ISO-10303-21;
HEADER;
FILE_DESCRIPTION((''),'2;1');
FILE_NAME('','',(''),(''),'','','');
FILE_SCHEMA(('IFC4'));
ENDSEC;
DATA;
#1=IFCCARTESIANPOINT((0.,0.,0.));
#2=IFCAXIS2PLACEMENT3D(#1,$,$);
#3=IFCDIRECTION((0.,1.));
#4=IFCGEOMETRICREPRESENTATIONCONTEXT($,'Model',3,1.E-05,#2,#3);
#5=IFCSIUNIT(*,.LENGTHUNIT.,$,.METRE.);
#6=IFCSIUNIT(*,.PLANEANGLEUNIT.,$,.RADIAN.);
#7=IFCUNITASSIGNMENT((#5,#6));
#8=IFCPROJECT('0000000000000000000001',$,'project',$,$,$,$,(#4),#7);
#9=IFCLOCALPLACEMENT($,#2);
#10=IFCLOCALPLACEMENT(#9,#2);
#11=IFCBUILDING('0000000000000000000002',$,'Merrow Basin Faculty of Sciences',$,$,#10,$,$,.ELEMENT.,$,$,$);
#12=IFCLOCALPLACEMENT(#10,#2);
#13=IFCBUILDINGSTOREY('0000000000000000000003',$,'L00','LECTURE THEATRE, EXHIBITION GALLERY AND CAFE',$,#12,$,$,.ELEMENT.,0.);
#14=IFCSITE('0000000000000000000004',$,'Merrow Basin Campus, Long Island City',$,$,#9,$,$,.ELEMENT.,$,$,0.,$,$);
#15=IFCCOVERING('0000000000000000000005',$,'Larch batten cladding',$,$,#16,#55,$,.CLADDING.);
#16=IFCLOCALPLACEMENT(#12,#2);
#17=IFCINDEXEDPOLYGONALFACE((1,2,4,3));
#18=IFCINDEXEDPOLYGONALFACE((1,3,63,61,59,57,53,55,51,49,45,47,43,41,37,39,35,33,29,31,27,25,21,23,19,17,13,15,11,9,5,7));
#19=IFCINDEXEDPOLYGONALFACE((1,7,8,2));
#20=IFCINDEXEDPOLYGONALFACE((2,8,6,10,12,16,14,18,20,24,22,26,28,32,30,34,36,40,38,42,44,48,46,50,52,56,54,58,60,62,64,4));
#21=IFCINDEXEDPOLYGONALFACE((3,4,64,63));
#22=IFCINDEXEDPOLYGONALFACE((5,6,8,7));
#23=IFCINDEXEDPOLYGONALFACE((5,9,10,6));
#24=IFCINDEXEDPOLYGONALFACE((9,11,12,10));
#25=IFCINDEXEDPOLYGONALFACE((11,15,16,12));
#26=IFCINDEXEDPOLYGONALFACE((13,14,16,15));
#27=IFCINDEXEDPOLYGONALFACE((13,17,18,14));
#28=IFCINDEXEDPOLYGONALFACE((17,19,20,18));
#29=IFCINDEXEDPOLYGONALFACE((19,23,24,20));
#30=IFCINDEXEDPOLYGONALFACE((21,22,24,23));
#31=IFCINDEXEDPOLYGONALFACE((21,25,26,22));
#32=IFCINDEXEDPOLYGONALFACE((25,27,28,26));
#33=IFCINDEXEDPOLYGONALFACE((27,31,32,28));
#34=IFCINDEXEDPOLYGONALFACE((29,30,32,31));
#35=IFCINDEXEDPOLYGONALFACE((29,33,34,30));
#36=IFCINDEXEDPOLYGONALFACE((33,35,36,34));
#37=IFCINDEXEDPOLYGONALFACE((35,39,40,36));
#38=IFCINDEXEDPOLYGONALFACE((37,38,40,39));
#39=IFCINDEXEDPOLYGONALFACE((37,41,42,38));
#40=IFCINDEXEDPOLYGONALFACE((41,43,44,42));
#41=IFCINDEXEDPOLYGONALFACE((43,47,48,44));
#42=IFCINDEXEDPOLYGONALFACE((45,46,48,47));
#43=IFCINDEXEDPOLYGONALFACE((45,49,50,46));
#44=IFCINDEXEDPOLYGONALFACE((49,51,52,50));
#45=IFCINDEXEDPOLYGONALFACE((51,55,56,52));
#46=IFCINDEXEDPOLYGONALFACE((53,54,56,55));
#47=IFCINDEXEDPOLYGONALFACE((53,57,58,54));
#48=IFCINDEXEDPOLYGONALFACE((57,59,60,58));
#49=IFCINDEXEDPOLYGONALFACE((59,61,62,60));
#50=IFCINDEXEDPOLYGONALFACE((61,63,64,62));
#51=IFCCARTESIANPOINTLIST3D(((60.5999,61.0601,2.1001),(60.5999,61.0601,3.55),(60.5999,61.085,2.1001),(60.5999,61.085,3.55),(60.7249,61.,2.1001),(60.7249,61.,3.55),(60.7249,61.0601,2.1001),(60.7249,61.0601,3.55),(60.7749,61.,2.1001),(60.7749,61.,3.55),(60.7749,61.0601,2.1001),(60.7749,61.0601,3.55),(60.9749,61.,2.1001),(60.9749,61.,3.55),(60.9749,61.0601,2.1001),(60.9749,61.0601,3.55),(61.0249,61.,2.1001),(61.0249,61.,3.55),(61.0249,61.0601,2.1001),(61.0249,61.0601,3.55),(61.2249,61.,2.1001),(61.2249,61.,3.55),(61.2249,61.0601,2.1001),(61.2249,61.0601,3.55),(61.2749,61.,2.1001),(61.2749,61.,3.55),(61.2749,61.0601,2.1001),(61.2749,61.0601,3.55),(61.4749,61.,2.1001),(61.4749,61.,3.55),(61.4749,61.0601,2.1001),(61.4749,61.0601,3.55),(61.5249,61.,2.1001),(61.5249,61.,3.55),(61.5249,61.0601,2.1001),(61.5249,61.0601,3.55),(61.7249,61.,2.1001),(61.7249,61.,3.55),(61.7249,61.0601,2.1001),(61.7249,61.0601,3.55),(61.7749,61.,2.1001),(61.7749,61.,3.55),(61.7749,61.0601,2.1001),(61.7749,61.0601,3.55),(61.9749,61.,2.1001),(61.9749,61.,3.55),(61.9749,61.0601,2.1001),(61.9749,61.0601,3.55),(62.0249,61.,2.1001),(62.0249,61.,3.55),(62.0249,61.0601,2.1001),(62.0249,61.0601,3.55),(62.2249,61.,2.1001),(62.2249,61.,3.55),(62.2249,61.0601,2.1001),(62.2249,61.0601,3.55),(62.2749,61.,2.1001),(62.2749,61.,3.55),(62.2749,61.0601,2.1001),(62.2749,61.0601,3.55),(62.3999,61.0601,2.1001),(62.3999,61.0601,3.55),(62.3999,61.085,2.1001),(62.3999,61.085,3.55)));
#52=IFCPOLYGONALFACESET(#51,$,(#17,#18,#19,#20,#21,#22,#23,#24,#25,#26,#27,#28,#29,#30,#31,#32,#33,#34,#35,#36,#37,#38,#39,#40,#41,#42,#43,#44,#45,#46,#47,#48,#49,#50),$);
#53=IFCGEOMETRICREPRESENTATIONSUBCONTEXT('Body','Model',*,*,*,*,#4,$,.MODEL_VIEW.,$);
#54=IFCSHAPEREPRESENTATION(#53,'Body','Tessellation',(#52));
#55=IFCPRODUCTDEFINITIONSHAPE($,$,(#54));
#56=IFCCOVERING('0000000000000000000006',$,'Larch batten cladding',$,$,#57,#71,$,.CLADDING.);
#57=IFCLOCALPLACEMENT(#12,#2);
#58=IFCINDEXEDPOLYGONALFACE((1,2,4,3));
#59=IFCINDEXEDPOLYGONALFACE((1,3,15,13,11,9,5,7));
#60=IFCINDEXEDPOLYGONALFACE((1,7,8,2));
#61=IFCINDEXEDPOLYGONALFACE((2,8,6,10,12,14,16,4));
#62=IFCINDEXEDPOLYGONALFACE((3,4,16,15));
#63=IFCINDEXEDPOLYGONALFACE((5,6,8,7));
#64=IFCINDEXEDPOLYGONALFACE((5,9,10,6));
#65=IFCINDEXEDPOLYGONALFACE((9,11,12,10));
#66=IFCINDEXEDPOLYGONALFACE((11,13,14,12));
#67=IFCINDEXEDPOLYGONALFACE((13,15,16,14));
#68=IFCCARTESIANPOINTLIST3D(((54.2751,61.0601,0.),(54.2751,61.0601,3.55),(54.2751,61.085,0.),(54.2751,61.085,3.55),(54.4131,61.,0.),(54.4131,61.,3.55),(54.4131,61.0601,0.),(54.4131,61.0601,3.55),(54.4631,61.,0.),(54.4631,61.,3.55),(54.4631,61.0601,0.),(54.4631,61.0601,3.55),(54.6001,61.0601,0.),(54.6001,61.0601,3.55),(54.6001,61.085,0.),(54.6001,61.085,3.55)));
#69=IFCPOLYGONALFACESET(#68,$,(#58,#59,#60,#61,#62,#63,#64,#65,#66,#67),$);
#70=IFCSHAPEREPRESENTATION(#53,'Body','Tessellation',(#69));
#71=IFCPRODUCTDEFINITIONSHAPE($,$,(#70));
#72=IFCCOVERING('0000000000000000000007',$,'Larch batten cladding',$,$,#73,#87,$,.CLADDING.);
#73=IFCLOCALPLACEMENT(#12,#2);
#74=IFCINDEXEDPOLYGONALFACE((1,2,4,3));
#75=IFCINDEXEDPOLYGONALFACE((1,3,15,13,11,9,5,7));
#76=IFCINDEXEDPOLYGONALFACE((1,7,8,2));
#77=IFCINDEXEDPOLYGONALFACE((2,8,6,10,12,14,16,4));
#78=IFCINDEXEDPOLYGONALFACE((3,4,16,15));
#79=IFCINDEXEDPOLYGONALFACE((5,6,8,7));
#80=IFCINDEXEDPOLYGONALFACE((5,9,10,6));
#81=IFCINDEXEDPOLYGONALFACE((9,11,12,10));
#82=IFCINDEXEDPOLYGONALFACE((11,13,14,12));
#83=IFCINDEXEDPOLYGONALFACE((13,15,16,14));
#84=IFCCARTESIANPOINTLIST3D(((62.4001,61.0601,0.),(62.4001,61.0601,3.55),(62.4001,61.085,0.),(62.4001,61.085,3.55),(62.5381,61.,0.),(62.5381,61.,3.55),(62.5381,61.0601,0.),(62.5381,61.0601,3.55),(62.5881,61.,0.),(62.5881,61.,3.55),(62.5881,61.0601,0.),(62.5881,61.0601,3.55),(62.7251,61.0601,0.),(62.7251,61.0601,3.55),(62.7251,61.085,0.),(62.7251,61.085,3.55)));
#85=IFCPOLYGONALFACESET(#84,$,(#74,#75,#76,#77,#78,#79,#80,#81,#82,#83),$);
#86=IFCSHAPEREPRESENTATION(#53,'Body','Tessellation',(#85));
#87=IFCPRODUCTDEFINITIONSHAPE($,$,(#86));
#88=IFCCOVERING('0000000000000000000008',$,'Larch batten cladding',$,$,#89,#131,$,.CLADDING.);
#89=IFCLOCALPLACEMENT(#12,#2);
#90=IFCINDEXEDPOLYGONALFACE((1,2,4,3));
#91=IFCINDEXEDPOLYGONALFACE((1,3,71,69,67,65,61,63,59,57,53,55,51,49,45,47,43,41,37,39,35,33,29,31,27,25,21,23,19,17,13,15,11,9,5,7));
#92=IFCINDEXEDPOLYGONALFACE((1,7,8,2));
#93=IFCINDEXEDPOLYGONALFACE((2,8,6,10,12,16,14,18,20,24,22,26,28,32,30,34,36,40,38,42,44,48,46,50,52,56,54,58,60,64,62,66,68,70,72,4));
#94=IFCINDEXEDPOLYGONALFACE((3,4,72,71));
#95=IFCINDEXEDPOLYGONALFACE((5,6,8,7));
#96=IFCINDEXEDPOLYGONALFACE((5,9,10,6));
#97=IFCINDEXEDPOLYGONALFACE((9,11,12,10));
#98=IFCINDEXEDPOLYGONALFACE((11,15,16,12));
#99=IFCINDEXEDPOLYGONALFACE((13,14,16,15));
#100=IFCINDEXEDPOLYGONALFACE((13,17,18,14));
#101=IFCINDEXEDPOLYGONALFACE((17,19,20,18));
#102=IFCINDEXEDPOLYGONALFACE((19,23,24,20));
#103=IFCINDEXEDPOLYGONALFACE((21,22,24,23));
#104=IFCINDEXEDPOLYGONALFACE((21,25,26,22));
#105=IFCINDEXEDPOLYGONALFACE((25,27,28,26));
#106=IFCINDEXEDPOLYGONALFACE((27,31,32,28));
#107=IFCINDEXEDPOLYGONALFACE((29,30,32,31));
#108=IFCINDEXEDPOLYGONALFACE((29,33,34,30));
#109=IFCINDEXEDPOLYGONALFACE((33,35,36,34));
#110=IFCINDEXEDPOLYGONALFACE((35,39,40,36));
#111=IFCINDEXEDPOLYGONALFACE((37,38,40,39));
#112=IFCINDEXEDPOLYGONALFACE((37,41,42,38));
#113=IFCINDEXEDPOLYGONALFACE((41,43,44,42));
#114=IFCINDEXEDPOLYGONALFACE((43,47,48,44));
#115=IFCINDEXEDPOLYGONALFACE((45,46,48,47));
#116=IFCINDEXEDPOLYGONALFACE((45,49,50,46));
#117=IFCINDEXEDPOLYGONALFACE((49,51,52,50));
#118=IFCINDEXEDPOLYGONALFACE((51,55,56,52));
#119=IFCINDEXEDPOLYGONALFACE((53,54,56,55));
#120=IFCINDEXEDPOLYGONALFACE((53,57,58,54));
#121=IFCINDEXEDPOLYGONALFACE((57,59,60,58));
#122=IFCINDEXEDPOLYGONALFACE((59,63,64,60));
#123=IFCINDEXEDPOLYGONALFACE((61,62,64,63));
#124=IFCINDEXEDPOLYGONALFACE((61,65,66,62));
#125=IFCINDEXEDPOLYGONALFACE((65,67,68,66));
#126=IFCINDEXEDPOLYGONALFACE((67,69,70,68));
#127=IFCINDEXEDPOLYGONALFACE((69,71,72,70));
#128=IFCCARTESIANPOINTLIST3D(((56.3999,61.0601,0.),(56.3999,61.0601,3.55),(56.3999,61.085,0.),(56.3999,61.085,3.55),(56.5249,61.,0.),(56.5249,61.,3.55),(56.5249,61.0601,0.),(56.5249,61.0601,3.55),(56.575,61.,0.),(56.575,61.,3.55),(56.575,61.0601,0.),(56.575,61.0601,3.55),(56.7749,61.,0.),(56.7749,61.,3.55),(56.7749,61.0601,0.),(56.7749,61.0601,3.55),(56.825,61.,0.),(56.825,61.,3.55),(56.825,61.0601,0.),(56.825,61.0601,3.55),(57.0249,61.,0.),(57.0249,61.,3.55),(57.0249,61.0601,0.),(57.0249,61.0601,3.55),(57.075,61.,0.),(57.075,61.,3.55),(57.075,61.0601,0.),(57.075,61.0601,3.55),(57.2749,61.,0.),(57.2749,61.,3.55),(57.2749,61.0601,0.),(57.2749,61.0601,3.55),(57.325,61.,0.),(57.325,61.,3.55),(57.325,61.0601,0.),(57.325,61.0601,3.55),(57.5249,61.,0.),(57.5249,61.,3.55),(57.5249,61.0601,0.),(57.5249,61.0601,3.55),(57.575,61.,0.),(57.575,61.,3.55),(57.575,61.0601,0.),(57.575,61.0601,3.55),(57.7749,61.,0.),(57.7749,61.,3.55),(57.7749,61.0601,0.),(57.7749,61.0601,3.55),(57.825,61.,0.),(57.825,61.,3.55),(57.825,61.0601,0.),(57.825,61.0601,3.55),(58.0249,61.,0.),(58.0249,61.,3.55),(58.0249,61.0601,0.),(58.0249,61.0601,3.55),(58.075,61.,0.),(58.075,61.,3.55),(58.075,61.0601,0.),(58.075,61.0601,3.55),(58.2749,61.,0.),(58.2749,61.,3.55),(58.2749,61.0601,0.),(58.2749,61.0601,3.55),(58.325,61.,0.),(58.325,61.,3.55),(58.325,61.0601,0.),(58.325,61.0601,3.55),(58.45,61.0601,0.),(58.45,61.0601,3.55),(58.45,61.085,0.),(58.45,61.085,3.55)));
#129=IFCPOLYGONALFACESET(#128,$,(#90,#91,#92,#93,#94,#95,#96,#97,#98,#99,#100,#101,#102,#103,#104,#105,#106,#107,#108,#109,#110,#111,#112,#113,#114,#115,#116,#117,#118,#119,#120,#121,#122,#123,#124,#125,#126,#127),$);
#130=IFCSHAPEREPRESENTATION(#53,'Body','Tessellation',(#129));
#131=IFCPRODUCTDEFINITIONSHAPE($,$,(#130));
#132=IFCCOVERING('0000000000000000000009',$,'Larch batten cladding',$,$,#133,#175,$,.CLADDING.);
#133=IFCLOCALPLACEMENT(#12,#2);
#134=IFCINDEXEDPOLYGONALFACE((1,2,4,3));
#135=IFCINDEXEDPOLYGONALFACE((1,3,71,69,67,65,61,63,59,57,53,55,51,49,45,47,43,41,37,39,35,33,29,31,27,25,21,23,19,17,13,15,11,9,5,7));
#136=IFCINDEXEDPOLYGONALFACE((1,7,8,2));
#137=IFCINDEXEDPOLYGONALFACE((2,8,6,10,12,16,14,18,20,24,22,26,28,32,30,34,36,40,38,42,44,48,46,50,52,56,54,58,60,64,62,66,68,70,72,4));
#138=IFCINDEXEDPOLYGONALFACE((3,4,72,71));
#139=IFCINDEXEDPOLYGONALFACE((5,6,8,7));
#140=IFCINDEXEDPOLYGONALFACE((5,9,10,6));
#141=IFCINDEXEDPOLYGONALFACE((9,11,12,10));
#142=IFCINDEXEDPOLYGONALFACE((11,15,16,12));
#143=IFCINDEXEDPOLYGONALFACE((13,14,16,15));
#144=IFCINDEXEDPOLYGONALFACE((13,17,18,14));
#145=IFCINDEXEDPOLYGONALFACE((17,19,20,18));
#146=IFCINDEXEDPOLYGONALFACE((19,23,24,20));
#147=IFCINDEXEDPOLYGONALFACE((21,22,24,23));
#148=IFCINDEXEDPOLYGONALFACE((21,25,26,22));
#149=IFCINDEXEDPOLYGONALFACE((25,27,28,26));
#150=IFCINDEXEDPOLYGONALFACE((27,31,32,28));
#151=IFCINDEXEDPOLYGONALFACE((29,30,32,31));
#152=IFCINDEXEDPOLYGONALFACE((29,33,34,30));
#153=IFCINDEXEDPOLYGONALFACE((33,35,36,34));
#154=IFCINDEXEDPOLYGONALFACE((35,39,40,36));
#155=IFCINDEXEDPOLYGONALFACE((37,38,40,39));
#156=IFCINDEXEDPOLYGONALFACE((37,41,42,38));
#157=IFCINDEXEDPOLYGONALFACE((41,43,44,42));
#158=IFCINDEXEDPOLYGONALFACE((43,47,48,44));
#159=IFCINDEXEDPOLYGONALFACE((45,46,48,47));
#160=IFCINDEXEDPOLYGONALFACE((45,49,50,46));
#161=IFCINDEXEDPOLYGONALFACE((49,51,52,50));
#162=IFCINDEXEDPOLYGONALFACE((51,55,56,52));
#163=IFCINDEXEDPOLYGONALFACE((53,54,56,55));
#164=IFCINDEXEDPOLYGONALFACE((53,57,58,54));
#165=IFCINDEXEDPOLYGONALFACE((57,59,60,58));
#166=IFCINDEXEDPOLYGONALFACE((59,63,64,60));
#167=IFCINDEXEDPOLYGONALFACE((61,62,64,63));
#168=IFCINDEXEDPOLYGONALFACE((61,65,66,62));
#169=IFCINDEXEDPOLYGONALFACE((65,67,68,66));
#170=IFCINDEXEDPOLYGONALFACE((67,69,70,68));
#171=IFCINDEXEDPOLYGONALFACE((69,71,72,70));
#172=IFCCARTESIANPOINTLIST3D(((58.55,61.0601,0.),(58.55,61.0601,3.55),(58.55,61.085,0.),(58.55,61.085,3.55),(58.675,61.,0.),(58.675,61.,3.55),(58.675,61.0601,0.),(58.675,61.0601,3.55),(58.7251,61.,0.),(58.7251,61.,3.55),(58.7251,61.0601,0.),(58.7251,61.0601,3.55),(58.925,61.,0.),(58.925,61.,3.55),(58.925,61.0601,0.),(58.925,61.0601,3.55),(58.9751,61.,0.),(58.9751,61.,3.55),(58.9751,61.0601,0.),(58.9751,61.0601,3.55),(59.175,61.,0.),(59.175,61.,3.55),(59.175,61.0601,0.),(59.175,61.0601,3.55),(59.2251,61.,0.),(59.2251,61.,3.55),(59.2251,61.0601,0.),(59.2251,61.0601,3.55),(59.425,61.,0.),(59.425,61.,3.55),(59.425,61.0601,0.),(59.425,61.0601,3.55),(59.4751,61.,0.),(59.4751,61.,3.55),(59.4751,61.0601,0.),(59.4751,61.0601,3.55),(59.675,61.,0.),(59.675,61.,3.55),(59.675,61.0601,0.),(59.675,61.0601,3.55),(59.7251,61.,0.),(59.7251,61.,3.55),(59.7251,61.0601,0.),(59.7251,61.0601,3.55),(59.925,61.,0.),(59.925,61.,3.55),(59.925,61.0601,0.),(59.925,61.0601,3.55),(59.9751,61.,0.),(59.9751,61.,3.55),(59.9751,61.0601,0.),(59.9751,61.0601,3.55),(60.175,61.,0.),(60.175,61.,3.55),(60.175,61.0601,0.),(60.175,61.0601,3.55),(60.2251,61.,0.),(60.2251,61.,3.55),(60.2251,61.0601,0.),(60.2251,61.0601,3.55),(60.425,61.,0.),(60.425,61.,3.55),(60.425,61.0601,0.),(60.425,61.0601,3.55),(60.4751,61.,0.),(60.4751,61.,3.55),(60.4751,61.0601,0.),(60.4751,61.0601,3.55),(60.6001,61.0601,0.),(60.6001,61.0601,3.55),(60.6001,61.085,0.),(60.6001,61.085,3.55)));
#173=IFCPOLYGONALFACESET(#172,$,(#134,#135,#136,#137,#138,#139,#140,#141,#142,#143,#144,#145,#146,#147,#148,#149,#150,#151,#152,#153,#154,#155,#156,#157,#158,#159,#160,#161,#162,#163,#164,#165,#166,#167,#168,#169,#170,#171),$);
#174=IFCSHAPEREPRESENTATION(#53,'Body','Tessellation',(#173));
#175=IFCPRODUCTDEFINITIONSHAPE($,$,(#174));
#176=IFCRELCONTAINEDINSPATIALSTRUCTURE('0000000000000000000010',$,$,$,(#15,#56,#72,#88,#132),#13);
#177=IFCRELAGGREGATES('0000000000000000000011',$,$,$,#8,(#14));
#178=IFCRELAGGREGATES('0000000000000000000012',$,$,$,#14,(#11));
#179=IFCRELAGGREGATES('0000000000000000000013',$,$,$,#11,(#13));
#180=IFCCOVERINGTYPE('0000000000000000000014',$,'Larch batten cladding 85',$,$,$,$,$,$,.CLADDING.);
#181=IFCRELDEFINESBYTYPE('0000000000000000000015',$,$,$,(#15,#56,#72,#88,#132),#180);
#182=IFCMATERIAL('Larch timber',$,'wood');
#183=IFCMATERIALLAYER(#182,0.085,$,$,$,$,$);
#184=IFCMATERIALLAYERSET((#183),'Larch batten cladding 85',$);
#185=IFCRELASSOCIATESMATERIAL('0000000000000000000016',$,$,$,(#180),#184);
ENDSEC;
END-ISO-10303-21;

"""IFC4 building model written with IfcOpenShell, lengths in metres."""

from ifc_helpers import new_model, si_unit, direction, frame, origin, place, context, subcontext, project, spatial, polyline, outline, extrude, source, transform, mapped, material, layer, layer_set, type_object, element, save


model = new_model("IFC4")

# Units and contexts
model_context = context("Model", 3, precision=1e-05, world=origin(), true_north=direction((0.0, 1.0)))
body_context = subcontext(model_context, "Body", "Model", "MODEL_VIEW")
ifc_project = project(units=[si_unit("LENGTHUNIT", "METRE"), si_unit("PLANEANGLEUNIT", "RADIAN")], contexts=[model_context])

# Site, building, storey
site_placement = place(None, origin())
site = spatial("IfcSite", under=ifc_project, at=site_placement, Name="Merrow Basin Campus, Long Island City", CompositionType="ELEMENT", RefElevation=0.0)
building_placement = place(site_placement, origin())
building = spatial("IfcBuilding", under=site, at=building_placement, Name="Merrow Basin Faculty of Sciences", CompositionType="ELEMENT")
storey_placement = place(building_placement, origin())
storey = spatial("IfcBuildingStorey", under=building, at=storey_placement, Name="L00", Description="LECTURE THEATRE, EXHIBITION GALLERY AND CAFE", CompositionType="ELEMENT", Elevation=0.0)

# Coverings
ifc_material_1 = material(Name="Larch timber", Category="wood")
ifc_layer_1 = layer(ifc_material_1, 0.085)
ifc_layer_set_1 = layer_set([ifc_layer_1], Name="Larch batten cladding 85")
covering_type = type_object("IfcCoveringType", Name="Larch batten cladding 85", PredefinedType="CLADDING", material=ifc_layer_set_1)
shared_shape_1 = source(origin(), body_context, "Body", "SweptSolid", [
    extrude(outline(polyline([(0.0, 0.0), (1.8, 0.0), (1.8, 0.0249), (1.675, 0.0249), (1.675, 0.085), (1.625, 0.085), (1.625, 0.0249), (1.425, 0.0249), (1.425, 0.085), (1.375, 0.085), (1.375, 0.0249), (1.175, 0.0249), (1.175, 0.085), (1.125, 0.085), (1.125, 0.0249), (0.925, 0.0249), (0.925, 0.085), (0.875, 0.085), (0.875, 0.0249), (0.675, 0.0249), (0.675, 0.085), (0.625, 0.085), (0.625, 0.0249), (0.425, 0.0249), (0.425, 0.085), (0.375, 0.085), (0.375, 0.0249), (0.175, 0.0249), (0.175, 0.085), (0.125, 0.085), (0.125, 0.0249), (0.0, 0.0249), (0.0, 0.0)])), origin(), (0.0, 0.0, 1.0), 1.45),
])
for number, where, z_axis, x_axis, name in (
    (1, (62.3999, 61.085, 2.1001), (0.0, 0.0, 1.0), (-1.0, 0.0, 0.0), "Larch batten cladding"),
):
    element("IfcCovering", number, at=place(storey_placement, frame(where, z_axis=z_axis, x_axis=x_axis)), inside=storey, type_object=covering_type, Name=name, PredefinedType="CLADDING", context=body_context, shape_type="MappedRepresentation", body=[
        mapped(shared_shape_1, transform((0.0, 0.0, 0.0), scale=1.0)),
    ])
shared_shape_2 = source(origin(), body_context, "Body", "SweptSolid", [
    extrude(outline(polyline([(0.0, 0.0), (0.325, 0.0), (0.325, 0.0249), (0.187, 0.0249), (0.187, 0.085), (0.137, 0.085), (0.137, 0.0249), (0.0, 0.0249), (0.0, 0.0)])), origin(), (0.0, 0.0, 1.0), 3.55),
])
for number, where, z_axis, x_axis, name in (
    (2, (54.6001, 61.085, 0.0), (0.0, 0.0, 1.0), (-1.0, 0.0, 0.0), "Larch batten cladding"),
    (3, (62.7251, 61.085, 0.0), (0.0, 0.0, 1.0), (-1.0, 0.0, 0.0), "Larch batten cladding"),
):
    element("IfcCovering", number, at=place(storey_placement, frame(where, z_axis=z_axis, x_axis=x_axis)), inside=storey, type_object=covering_type, Name=name, PredefinedType="CLADDING", context=body_context, shape_type="MappedRepresentation", body=[
        mapped(shared_shape_2, transform((0.0, 0.0, 0.0), scale=1.0)),
    ])
shared_shape_3 = source(origin(), body_context, "Body", "SweptSolid", [
    extrude(outline(polyline([(0.0, 0.0), (2.05, 0.0), (2.05, 0.0249), (1.925, 0.0249), (1.925, 0.085), (1.875, 0.085), (1.875, 0.0249), (1.675, 0.0249), (1.675, 0.085), (1.625, 0.085), (1.625, 0.0249), (1.425, 0.0249), (1.425, 0.085), (1.375, 0.085), (1.375, 0.0249), (1.175, 0.0249), (1.175, 0.085), (1.125, 0.085), (1.125, 0.0249), (0.925, 0.0249), (0.925, 0.085), (0.875, 0.085), (0.875, 0.0249), (0.675, 0.0249), (0.675, 0.085), (0.625, 0.085), (0.625, 0.0249), (0.425, 0.0249), (0.425, 0.085), (0.375, 0.085), (0.375, 0.0249), (0.175, 0.0249), (0.175, 0.085), (0.125, 0.085), (0.125, 0.0249), (0.0, 0.0249), (0.0, 0.0)])), origin(), (0.0, 0.0, 1.0), 3.55),
])
for number, where, z_axis, x_axis, name in (
    (4, (58.45, 61.085, 0.0), (0.0, 0.0, 1.0), (-1.0, 0.0, 0.0), "Larch batten cladding"),
    (5, (60.6001, 61.085, 0.0), (0.0, 0.0, 1.0), (-1.0, 0.0, 0.0), "Larch batten cladding"),
):
    element("IfcCovering", number, at=place(storey_placement, frame(where, z_axis=z_axis, x_axis=x_axis)), inside=storey, type_object=covering_type, Name=name, PredefinedType="CLADDING", context=body_context, shape_type="MappedRepresentation", body=[
        mapped(shared_shape_3, transform((0.0, 0.0, 0.0), scale=1.0)),
    ])

save(model, "model.ifc")
